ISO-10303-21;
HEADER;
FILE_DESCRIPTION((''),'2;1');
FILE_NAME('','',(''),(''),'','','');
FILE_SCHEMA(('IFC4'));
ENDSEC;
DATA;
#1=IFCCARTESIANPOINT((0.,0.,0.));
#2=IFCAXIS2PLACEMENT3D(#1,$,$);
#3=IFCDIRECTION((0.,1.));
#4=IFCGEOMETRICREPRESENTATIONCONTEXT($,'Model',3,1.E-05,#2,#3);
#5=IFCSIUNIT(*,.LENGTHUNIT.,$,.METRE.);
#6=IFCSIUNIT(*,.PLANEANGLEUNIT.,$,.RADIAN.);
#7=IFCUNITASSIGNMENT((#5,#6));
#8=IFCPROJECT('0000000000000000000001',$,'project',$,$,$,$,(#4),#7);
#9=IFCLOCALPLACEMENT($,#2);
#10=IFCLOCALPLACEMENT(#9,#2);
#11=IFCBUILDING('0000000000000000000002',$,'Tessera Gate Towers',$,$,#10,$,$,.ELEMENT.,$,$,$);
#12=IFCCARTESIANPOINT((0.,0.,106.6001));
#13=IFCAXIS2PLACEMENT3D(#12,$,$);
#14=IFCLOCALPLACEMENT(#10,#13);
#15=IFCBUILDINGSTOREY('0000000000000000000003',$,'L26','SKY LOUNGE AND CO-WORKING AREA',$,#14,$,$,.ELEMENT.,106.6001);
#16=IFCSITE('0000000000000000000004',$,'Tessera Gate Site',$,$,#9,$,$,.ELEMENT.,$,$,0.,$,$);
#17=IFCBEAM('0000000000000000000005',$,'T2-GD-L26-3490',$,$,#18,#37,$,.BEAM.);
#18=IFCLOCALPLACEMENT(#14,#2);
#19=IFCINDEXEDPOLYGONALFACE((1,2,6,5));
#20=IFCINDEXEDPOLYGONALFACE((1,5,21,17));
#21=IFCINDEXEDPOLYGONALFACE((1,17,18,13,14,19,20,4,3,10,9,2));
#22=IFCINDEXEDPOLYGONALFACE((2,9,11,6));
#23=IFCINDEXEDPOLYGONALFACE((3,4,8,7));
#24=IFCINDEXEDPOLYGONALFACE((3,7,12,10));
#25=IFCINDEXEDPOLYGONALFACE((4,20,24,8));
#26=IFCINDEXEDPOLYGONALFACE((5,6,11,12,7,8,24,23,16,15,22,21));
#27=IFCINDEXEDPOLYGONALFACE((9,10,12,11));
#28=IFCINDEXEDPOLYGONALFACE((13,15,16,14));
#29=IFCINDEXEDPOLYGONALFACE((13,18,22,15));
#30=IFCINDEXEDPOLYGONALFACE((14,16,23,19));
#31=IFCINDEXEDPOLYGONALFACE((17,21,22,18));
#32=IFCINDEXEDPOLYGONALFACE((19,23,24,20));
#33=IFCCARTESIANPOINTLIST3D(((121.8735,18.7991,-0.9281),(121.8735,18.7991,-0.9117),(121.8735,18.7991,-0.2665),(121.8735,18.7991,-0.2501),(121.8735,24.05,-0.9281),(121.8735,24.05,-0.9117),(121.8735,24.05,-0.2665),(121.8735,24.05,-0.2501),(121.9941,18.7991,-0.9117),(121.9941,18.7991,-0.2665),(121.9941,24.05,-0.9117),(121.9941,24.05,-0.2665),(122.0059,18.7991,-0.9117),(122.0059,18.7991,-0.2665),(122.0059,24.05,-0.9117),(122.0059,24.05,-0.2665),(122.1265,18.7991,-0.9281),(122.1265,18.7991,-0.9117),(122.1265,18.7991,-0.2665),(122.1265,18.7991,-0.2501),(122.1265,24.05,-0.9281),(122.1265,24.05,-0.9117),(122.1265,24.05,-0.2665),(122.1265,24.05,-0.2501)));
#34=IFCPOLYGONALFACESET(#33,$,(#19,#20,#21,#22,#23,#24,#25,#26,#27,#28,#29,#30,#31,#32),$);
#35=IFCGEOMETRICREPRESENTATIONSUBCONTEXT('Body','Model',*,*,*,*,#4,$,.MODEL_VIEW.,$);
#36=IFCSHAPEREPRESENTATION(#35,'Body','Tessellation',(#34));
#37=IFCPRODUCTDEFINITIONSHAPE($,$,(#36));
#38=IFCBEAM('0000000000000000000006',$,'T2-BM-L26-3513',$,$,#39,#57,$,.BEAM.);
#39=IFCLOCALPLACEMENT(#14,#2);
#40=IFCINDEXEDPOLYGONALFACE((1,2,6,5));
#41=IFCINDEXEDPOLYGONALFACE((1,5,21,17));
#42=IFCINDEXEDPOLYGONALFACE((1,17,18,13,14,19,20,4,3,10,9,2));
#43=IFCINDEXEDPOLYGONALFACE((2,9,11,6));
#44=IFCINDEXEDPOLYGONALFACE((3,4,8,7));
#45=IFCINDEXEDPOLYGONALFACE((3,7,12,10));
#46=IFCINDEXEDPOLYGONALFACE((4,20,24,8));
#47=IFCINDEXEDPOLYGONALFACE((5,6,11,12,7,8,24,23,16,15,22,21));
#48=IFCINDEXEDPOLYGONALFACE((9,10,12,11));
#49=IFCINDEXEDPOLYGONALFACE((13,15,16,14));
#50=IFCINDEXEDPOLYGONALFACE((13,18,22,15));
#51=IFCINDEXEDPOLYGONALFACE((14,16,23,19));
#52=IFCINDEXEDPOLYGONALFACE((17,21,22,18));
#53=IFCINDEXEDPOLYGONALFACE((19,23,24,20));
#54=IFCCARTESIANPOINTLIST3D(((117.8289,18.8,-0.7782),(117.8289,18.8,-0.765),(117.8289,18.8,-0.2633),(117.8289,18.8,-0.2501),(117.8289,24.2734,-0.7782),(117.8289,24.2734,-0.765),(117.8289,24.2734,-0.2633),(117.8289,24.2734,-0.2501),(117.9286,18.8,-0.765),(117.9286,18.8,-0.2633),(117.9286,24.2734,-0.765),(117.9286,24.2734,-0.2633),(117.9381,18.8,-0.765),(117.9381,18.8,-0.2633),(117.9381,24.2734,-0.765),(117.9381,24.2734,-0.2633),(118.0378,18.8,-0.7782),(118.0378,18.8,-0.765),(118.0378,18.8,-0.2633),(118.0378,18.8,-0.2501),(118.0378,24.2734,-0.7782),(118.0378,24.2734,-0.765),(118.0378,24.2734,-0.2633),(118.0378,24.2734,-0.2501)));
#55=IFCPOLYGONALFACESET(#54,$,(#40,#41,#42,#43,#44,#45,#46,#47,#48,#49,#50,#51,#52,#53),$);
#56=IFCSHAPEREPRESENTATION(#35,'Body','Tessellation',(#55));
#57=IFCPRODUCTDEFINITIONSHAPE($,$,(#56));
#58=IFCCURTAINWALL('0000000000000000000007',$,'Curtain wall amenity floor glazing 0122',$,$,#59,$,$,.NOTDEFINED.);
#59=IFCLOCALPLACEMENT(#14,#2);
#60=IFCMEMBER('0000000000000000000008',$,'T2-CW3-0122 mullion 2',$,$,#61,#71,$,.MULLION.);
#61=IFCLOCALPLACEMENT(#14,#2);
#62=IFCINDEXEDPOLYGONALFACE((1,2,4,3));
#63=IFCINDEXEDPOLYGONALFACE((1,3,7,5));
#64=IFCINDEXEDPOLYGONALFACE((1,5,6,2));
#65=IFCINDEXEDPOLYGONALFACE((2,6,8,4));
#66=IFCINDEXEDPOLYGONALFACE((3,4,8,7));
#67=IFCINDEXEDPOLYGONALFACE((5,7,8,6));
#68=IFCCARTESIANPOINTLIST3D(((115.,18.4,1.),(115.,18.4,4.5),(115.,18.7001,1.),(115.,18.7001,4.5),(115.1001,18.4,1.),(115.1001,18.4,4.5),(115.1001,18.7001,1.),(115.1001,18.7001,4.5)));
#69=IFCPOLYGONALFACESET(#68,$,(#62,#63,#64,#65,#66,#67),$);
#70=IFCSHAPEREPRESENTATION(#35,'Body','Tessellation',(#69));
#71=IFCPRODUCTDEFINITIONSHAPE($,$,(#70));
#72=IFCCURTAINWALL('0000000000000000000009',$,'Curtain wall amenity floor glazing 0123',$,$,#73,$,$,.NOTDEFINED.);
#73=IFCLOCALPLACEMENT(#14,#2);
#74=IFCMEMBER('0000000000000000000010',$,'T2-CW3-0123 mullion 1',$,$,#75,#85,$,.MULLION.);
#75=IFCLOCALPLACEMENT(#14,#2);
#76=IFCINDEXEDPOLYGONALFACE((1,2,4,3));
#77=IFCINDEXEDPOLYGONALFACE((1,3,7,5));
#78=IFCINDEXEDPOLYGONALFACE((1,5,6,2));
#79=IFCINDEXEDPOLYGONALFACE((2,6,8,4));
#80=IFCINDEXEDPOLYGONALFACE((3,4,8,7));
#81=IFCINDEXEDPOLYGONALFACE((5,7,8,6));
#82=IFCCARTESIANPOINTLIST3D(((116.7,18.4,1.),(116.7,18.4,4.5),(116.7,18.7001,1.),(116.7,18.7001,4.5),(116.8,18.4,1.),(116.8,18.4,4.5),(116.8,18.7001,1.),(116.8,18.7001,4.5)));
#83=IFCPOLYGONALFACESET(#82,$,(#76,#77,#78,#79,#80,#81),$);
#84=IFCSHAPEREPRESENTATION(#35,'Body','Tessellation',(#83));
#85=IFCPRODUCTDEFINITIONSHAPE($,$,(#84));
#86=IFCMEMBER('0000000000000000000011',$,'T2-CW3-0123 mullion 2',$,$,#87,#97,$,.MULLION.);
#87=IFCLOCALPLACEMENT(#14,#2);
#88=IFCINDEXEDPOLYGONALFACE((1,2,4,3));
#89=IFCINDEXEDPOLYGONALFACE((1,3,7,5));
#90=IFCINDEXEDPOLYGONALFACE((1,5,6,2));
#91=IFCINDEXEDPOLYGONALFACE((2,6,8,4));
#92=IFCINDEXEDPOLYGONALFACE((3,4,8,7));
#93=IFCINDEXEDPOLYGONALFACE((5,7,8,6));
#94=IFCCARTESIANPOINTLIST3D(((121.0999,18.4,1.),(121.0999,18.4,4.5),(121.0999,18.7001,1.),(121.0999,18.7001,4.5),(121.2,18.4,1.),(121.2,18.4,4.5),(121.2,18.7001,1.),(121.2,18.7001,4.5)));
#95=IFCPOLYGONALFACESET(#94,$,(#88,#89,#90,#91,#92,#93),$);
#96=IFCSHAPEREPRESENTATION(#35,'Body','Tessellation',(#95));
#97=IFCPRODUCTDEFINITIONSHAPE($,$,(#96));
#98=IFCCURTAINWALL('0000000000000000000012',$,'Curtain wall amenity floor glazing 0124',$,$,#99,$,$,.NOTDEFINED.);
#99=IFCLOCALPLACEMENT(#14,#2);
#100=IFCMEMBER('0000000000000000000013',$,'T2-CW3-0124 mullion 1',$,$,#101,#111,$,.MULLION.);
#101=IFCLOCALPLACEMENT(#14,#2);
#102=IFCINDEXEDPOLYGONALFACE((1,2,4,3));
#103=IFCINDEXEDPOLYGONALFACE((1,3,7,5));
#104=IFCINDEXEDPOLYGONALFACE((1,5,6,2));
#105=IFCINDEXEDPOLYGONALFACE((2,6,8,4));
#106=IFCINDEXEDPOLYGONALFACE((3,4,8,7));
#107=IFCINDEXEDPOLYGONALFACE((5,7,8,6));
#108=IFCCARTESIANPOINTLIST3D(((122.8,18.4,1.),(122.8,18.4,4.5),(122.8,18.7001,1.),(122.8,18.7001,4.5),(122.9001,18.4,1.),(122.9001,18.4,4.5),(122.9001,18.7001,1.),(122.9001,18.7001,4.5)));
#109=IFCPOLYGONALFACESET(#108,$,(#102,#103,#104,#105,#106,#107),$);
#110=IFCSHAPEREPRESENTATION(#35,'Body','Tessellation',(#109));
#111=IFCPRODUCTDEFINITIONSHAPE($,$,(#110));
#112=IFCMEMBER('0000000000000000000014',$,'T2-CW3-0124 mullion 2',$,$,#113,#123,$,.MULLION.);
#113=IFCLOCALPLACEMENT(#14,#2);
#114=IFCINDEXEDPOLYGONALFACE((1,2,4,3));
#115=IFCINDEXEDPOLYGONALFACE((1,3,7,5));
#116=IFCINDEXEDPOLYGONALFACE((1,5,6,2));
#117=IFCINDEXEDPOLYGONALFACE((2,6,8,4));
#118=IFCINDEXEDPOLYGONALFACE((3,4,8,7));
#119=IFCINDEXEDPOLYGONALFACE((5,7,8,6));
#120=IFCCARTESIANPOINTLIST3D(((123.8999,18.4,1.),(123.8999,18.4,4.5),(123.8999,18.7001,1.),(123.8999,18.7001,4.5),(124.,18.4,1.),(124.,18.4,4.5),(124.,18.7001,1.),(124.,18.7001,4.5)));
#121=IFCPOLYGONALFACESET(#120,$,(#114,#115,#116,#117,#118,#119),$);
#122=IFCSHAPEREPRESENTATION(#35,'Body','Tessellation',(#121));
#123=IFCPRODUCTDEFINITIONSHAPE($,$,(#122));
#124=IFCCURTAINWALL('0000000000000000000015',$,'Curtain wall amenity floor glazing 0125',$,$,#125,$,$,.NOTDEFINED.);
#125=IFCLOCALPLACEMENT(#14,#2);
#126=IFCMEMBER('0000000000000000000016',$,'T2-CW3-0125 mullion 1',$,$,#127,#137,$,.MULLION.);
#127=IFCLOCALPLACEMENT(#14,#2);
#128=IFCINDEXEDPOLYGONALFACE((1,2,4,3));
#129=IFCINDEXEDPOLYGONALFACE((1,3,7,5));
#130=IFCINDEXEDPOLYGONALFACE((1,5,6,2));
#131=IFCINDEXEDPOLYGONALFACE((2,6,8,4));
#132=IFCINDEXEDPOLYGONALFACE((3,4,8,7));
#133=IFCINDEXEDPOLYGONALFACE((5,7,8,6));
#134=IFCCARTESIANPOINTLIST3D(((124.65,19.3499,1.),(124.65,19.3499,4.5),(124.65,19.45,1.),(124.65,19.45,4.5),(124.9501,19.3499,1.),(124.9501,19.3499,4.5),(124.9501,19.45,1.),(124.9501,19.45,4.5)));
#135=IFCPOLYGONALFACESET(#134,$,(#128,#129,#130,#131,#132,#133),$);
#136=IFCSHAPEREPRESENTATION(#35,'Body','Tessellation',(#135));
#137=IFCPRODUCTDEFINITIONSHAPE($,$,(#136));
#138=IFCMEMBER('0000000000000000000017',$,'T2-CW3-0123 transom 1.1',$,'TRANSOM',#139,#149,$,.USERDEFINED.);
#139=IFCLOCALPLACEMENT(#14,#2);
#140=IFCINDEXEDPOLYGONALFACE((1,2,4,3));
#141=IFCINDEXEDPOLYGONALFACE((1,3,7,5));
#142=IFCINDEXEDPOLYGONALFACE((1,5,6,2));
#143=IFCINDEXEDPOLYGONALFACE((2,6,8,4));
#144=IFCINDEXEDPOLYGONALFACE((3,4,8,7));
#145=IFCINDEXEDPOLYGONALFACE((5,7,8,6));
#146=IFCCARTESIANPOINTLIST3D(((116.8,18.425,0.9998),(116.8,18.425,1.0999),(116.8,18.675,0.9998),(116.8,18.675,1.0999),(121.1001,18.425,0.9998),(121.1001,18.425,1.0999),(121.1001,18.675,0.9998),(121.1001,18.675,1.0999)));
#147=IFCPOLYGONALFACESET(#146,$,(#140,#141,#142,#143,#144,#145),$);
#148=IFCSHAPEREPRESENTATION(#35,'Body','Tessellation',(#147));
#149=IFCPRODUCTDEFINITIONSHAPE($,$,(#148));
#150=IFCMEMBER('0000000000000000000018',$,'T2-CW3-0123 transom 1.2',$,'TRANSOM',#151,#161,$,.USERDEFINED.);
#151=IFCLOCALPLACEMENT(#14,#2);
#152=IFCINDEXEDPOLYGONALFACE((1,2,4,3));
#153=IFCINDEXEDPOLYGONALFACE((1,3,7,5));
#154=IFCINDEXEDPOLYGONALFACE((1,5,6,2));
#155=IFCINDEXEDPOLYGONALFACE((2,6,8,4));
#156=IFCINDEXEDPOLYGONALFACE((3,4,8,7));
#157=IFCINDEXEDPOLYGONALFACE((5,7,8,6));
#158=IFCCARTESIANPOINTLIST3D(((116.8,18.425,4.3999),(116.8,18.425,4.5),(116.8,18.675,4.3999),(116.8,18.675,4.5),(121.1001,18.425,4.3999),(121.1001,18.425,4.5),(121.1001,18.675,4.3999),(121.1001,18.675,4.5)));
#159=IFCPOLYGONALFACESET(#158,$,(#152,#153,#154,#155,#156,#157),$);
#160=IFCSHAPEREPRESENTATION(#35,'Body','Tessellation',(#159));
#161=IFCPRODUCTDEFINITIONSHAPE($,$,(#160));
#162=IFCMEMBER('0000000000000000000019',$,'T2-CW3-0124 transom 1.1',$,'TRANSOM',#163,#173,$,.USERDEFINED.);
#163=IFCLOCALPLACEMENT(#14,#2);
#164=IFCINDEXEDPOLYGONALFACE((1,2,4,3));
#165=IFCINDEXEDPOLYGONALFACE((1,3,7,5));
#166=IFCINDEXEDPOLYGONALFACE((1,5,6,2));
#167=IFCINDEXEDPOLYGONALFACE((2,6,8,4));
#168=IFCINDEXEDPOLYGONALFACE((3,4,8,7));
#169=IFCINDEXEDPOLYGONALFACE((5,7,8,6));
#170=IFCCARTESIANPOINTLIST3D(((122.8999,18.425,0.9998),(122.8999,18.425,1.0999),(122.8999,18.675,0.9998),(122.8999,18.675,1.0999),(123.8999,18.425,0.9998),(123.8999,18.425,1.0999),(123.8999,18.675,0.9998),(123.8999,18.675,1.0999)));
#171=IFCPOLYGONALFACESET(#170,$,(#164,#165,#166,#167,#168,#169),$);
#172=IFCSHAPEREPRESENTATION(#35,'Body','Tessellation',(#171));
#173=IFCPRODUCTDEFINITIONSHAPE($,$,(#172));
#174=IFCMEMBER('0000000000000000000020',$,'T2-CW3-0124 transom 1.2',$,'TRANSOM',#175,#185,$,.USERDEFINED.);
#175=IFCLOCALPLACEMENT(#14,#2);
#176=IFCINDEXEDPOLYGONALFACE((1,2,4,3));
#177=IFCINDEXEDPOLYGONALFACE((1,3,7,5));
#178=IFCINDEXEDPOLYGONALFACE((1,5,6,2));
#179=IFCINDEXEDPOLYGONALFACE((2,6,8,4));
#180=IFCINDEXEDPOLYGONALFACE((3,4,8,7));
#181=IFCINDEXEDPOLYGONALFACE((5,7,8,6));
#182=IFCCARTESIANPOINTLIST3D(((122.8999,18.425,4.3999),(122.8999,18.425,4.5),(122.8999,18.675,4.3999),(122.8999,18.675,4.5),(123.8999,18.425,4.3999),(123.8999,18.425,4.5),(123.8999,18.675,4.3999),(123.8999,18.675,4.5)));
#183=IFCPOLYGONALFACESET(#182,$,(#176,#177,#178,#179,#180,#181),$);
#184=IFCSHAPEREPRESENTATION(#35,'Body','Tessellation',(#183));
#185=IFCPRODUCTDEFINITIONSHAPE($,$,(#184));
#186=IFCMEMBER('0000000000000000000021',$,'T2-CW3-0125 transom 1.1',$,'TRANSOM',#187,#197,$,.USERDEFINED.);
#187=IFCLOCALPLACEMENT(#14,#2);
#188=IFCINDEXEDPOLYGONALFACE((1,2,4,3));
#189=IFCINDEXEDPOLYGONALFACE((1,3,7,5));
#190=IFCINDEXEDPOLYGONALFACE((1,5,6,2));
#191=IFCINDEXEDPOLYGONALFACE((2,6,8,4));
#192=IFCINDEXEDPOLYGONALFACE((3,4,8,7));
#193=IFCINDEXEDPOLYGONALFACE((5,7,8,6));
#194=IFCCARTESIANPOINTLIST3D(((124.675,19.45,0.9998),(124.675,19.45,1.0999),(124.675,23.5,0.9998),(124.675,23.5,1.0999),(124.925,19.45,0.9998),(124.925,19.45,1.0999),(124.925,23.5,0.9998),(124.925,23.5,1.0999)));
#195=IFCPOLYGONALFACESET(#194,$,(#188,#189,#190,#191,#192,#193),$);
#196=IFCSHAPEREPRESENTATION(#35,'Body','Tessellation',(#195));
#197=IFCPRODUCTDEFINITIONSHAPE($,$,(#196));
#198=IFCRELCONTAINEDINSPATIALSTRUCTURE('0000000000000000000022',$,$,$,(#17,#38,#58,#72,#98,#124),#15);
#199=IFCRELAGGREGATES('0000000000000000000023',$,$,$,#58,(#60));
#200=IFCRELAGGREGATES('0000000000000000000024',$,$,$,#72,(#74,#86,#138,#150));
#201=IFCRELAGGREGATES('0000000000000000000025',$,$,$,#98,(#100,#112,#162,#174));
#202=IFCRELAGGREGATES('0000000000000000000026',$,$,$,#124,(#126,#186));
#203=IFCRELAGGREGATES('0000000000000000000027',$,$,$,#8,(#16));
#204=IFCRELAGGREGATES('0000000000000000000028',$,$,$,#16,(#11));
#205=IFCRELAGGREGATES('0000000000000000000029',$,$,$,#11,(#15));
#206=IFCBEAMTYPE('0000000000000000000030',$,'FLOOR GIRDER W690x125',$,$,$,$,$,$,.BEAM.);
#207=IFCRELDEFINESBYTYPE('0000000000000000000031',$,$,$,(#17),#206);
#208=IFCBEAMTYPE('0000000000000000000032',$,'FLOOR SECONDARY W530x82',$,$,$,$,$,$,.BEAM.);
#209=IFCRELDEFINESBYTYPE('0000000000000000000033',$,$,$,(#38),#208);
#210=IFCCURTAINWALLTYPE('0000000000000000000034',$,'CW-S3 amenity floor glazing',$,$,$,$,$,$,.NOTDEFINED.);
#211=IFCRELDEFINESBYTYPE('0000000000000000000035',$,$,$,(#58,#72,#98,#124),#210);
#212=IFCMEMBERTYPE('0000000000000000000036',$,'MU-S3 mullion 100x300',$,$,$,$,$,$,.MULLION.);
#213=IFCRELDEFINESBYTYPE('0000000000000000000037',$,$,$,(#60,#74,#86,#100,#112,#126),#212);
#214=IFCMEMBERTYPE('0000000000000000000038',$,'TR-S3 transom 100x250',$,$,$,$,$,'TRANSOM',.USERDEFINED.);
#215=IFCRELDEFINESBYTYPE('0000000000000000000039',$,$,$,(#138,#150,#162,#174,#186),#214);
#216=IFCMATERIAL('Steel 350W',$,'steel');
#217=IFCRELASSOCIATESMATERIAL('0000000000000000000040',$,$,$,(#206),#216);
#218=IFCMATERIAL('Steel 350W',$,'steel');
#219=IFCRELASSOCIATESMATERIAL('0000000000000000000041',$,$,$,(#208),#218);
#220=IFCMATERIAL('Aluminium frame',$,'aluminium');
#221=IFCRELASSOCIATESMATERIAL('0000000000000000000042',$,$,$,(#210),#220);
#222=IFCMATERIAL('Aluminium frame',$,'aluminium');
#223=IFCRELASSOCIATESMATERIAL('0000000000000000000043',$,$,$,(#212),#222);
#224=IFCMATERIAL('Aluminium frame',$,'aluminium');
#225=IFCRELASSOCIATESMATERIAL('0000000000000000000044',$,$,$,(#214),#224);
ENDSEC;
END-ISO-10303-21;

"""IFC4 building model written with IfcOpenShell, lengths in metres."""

from ifc_helpers import new_model, si_unit, direction, frame, origin, origin_2d, place, context, subcontext, project, spatial, rectangle, i_section, extrude, material, material_profile, profile_set, type_object, element, aggregate, save


model = new_model("IFC4")

# Units and contexts
model_context = context("Model", 3, precision=1e-05, world=origin(), true_north=direction((0.0, 1.0)))
body_context = subcontext(model_context, "Body", "Model", "MODEL_VIEW")
ifc_project = project(units=[si_unit("LENGTHUNIT", "METRE"), si_unit("PLANEANGLEUNIT", "RADIAN")], contexts=[model_context])

# Site, building, storey
site_placement = place(None, origin())
site = spatial("IfcSite", under=ifc_project, at=site_placement, Name="Tessera Gate Site", CompositionType="ELEMENT", RefElevation=0.0)
building_placement = place(site_placement, origin())
building = spatial("IfcBuilding", under=site, at=building_placement, Name="Tessera Gate Towers", CompositionType="ELEMENT")
storey_placement = place(building_placement, frame((0.0, 0.0, 106.6001)))
storey = spatial("IfcBuildingStorey", under=building, at=storey_placement, Name="L26", Description="SKY LOUNGE AND CO-WORKING AREA", CompositionType="ELEMENT", Elevation=106.6001)

# Beams
ifc_material_1 = material(Name="Steel 350W", Category="steel")
ifc_material_profile_1 = material_profile(ifc_material_1, i_section(OverallWidth=0.2529, OverallDepth=0.678, WebThickness=0.0117, FlangeThickness=0.0164, at=origin_2d()), Name="W690x125")
ifc_profile_set_1 = profile_set([ifc_material_profile_1], Name="Steel 350W")
beam_type_1 = type_object("IfcBeamType", Name="FLOOR GIRDER W690x125", PredefinedType="BEAM", material=ifc_profile_set_1)
beam_1_placement = place(storey_placement, frame((122.0, 18.7991, -0.5891), z_axis=(0.0, 1.0, 0.0), x_axis=(-1.0, 0.0, 0.0)))
element("IfcBeam", 1, at=beam_1_placement, inside=storey, type_object=beam_type_1, Name="T2-GD-L26-3490", PredefinedType="BEAM", context=body_context, shape_type="SweptSolid", body=[
    extrude(i_section(OverallWidth=0.2529, OverallDepth=0.678, WebThickness=0.0117, FlangeThickness=0.0164, at=origin_2d()), origin(), (0.0, 0.0, 1.0), 5.251),
])
ifc_material_2 = material(Name="Steel 350W", Category="steel")
ifc_material_profile_2 = material_profile(ifc_material_2, i_section(OverallWidth=0.209, OverallDepth=0.5281, WebThickness=0.0095, FlangeThickness=0.0132, at=origin_2d()), Name="W530x82")
ifc_profile_set_2 = profile_set([ifc_material_profile_2], Name="Steel 350W")
beam_type_2 = type_object("IfcBeamType", Name="FLOOR SECONDARY W530x82", PredefinedType="BEAM", material=ifc_profile_set_2)
beam_2_placement = place(storey_placement, frame((117.9333, 18.8, -0.5142), z_axis=(0.0, 1.0, 0.0), x_axis=(-1.0, 0.0, 0.0)))
element("IfcBeam", 2, at=beam_2_placement, inside=storey, type_object=beam_type_2, Name="T2-BM-L26-3513", PredefinedType="BEAM", context=body_context, shape_type="SweptSolid", body=[
    extrude(i_section(OverallWidth=0.209, OverallDepth=0.5281, WebThickness=0.0095, FlangeThickness=0.0132, at=origin_2d()), origin(), (0.0, 0.0, 1.0), 5.4734),
])

# Curtain wall, member
ifc_material_3 = material(Name="Aluminium frame", Category="aluminium")
curtain_wall_type = type_object("IfcCurtainWallType", Name="CW-S3 amenity floor glazing", PredefinedType="NOTDEFINED", material=ifc_material_3)
curtain_wall_1_placement = place(storey_placement, origin())
curtain_wall_1 = element("IfcCurtainWall", 3, at=curtain_wall_1_placement, inside=storey, type_object=curtain_wall_type, Name="Curtain wall amenity floor glazing 0122", PredefinedType="NOTDEFINED")
ifc_material_4 = material(Name="Aluminium frame", Category="aluminium")
ifc_material_profile_3 = material_profile(ifc_material_4, rectangle(XDim=0.1001, YDim=0.3, at=origin_2d()), Name="AL 100x300")
ifc_profile_set_3 = profile_set([ifc_material_profile_3], Name="Aluminium frame")
member_type_1 = type_object("IfcMemberType", Name="MU-S3 mullion 100x300", PredefinedType="MULLION", material=ifc_profile_set_3)
member_1_placement = place(storey_placement, frame((115.05, 18.55, 1.0), z_axis=(0.0, 0.0, 1.0), x_axis=(1.0, 0.0, 0.0)))
member_1 = element("IfcMember", 4, at=member_1_placement, type_object=member_type_1, Name="T2-CW3-0122 mullion 2", PredefinedType="MULLION", context=body_context, shape_type="SweptSolid", body=[
    extrude(rectangle(XDim=0.1001, YDim=0.3, at=origin_2d()), origin(), (0.0, 0.0, 1.0), 3.5),
])
aggregate(curtain_wall_1, [member_1])

# Curtain walls, members
curtain_wall_2_placement = place(storey_placement, origin())
curtain_wall_2 = element("IfcCurtainWall", 5, at=curtain_wall_2_placement, inside=storey, type_object=curtain_wall_type, Name="Curtain wall amenity floor glazing 0123", PredefinedType="NOTDEFINED")
member_2_placement = place(storey_placement, frame((116.75, 18.55, 1.0), z_axis=(0.0, 0.0, 1.0), x_axis=(1.0, 0.0, 0.0)))
member_2 = element("IfcMember", 6, at=member_2_placement, type_object=member_type_1, Name="T2-CW3-0123 mullion 1", PredefinedType="MULLION", context=body_context, shape_type="SweptSolid", body=[
    extrude(rectangle(XDim=0.1001, YDim=0.3, at=origin_2d()), origin(), (0.0, 0.0, 1.0), 3.5),
])
member_3_placement = place(storey_placement, frame((121.1499, 18.55, 1.0), z_axis=(0.0, 0.0, 1.0), x_axis=(1.0, 0.0, 0.0)))
member_3 = element("IfcMember", 7, at=member_3_placement, type_object=member_type_1, Name="T2-CW3-0123 mullion 2", PredefinedType="MULLION", context=body_context, shape_type="SweptSolid", body=[
    extrude(rectangle(XDim=0.1001, YDim=0.3, at=origin_2d()), origin(), (0.0, 0.0, 1.0), 3.5),
])
curtain_wall_3_placement = place(storey_placement, origin())
curtain_wall_3 = element("IfcCurtainWall", 8, at=curtain_wall_3_placement, inside=storey, type_object=curtain_wall_type, Name="Curtain wall amenity floor glazing 0124", PredefinedType="NOTDEFINED")
member_4_placement = place(storey_placement, frame((122.8501, 18.55, 1.0), z_axis=(0.0, 0.0, 1.0), x_axis=(1.0, 0.0, 0.0)))
member_4 = element("IfcMember", 9, at=member_4_placement, type_object=member_type_1, Name="T2-CW3-0124 mullion 1", PredefinedType="MULLION", context=body_context, shape_type="SweptSolid", body=[
    extrude(rectangle(XDim=0.1001, YDim=0.3, at=origin_2d()), origin(), (0.0, 0.0, 1.0), 3.5),
])
member_5_placement = place(storey_placement, frame((123.95, 18.55, 1.0), z_axis=(0.0, 0.0, 1.0), x_axis=(1.0, 0.0, 0.0)))
member_5 = element("IfcMember", 10, at=member_5_placement, type_object=member_type_1, Name="T2-CW3-0124 mullion 2", PredefinedType="MULLION", context=body_context, shape_type="SweptSolid", body=[
    extrude(rectangle(XDim=0.1001, YDim=0.3, at=origin_2d()), origin(), (0.0, 0.0, 1.0), 3.5),
])

# Curtain wall, member
curtain_wall_4_placement = place(storey_placement, origin())
curtain_wall_4 = element("IfcCurtainWall", 11, at=curtain_wall_4_placement, inside=storey, type_object=curtain_wall_type, Name="Curtain wall amenity floor glazing 0125", PredefinedType="NOTDEFINED")
member_6_placement = place(storey_placement, frame((124.8, 19.3999, 1.0), z_axis=(0.0, 0.0, 1.0), x_axis=(0.0, 1.0, 0.0)))
member_6 = element("IfcMember", 12, at=member_6_placement, type_object=member_type_1, Name="T2-CW3-0125 mullion 1", PredefinedType="MULLION", context=body_context, shape_type="SweptSolid", body=[
    extrude(rectangle(XDim=0.1001, YDim=0.3, at=origin_2d()), origin(), (0.0, 0.0, 1.0), 3.5),
])

# Members
ifc_material_5 = material(Name="Aluminium frame", Category="aluminium")
ifc_material_profile_4 = material_profile(ifc_material_5, rectangle(XDim=0.25, YDim=0.1001, at=origin_2d()), Name="AL 100x250")
ifc_profile_set_4 = profile_set([ifc_material_profile_4], Name="Aluminium frame")
member_type_2 = type_object("IfcMemberType", Name="TR-S3 transom 100x250", ElementType="TRANSOM", PredefinedType="USERDEFINED", material=ifc_profile_set_4)
member_7_placement = place(storey_placement, frame((116.8, 18.55, 1.0498), z_axis=(1.0, 0.0, 0.0), x_axis=(0.0, 1.0, 0.0)))
member_7 = element("IfcMember", 13, at=member_7_placement, type_object=member_type_2, Name="T2-CW3-0123 transom 1.1", ObjectType="TRANSOM", PredefinedType="USERDEFINED", context=body_context, shape_type="SweptSolid", body=[
    extrude(rectangle(XDim=0.25, YDim=0.1001, at=origin_2d()), origin(), (0.0, 0.0, 1.0), 4.3),
])
member_8_placement = place(storey_placement, frame((116.8, 18.55, 4.45), z_axis=(1.0, 0.0, 0.0), x_axis=(0.0, 1.0, 0.0)))
member_8 = element("IfcMember", 14, at=member_8_placement, type_object=member_type_2, Name="T2-CW3-0123 transom 1.2", ObjectType="TRANSOM", PredefinedType="USERDEFINED", context=body_context, shape_type="SweptSolid", body=[
    extrude(rectangle(XDim=0.25, YDim=0.1001, at=origin_2d()), origin(), (0.0, 0.0, 1.0), 4.3),
])
member_9_placement = place(storey_placement, frame((122.8999, 18.55, 1.0498), z_axis=(1.0, 0.0, 0.0), x_axis=(0.0, 1.0, 0.0)))
member_9 = element("IfcMember", 15, at=member_9_placement, type_object=member_type_2, Name="T2-CW3-0124 transom 1.1", ObjectType="TRANSOM", PredefinedType="USERDEFINED", context=body_context, shape_type="SweptSolid", body=[
    extrude(rectangle(XDim=0.25, YDim=0.1001, at=origin_2d()), origin(), (0.0, 0.0, 1.0), 1.0),
])
member_10_placement = place(storey_placement, frame((122.8999, 18.55, 4.45), z_axis=(1.0, 0.0, 0.0), x_axis=(0.0, 1.0, 0.0)))
member_10 = element("IfcMember", 16, at=member_10_placement, type_object=member_type_2, Name="T2-CW3-0124 transom 1.2", ObjectType="TRANSOM", PredefinedType="USERDEFINED", context=body_context, shape_type="SweptSolid", body=[
    extrude(rectangle(XDim=0.25, YDim=0.1001, at=origin_2d()), origin(), (0.0, 0.0, 1.0), 1.0),
])
member_11_placement = place(storey_placement, frame((124.8, 19.45, 1.0498), z_axis=(0.0, 1.0, 0.0), x_axis=(-1.0, 0.0, 0.0)))
member_11 = element("IfcMember", 17, at=member_11_placement, type_object=member_type_2, Name="T2-CW3-0125 transom 1.1", ObjectType="TRANSOM", PredefinedType="USERDEFINED", context=body_context, shape_type="SweptSolid", body=[
    extrude(rectangle(XDim=0.25, YDim=0.1001, at=origin_2d()), origin(), (0.0, 0.0, 1.0), 4.05),
])

aggregate(curtain_wall_2, [member_2, member_3, member_7, member_8])
aggregate(curtain_wall_3, [member_4, member_5, member_9, member_10])
aggregate(curtain_wall_4, [member_6, member_11])

save(model, "model.ifc")
